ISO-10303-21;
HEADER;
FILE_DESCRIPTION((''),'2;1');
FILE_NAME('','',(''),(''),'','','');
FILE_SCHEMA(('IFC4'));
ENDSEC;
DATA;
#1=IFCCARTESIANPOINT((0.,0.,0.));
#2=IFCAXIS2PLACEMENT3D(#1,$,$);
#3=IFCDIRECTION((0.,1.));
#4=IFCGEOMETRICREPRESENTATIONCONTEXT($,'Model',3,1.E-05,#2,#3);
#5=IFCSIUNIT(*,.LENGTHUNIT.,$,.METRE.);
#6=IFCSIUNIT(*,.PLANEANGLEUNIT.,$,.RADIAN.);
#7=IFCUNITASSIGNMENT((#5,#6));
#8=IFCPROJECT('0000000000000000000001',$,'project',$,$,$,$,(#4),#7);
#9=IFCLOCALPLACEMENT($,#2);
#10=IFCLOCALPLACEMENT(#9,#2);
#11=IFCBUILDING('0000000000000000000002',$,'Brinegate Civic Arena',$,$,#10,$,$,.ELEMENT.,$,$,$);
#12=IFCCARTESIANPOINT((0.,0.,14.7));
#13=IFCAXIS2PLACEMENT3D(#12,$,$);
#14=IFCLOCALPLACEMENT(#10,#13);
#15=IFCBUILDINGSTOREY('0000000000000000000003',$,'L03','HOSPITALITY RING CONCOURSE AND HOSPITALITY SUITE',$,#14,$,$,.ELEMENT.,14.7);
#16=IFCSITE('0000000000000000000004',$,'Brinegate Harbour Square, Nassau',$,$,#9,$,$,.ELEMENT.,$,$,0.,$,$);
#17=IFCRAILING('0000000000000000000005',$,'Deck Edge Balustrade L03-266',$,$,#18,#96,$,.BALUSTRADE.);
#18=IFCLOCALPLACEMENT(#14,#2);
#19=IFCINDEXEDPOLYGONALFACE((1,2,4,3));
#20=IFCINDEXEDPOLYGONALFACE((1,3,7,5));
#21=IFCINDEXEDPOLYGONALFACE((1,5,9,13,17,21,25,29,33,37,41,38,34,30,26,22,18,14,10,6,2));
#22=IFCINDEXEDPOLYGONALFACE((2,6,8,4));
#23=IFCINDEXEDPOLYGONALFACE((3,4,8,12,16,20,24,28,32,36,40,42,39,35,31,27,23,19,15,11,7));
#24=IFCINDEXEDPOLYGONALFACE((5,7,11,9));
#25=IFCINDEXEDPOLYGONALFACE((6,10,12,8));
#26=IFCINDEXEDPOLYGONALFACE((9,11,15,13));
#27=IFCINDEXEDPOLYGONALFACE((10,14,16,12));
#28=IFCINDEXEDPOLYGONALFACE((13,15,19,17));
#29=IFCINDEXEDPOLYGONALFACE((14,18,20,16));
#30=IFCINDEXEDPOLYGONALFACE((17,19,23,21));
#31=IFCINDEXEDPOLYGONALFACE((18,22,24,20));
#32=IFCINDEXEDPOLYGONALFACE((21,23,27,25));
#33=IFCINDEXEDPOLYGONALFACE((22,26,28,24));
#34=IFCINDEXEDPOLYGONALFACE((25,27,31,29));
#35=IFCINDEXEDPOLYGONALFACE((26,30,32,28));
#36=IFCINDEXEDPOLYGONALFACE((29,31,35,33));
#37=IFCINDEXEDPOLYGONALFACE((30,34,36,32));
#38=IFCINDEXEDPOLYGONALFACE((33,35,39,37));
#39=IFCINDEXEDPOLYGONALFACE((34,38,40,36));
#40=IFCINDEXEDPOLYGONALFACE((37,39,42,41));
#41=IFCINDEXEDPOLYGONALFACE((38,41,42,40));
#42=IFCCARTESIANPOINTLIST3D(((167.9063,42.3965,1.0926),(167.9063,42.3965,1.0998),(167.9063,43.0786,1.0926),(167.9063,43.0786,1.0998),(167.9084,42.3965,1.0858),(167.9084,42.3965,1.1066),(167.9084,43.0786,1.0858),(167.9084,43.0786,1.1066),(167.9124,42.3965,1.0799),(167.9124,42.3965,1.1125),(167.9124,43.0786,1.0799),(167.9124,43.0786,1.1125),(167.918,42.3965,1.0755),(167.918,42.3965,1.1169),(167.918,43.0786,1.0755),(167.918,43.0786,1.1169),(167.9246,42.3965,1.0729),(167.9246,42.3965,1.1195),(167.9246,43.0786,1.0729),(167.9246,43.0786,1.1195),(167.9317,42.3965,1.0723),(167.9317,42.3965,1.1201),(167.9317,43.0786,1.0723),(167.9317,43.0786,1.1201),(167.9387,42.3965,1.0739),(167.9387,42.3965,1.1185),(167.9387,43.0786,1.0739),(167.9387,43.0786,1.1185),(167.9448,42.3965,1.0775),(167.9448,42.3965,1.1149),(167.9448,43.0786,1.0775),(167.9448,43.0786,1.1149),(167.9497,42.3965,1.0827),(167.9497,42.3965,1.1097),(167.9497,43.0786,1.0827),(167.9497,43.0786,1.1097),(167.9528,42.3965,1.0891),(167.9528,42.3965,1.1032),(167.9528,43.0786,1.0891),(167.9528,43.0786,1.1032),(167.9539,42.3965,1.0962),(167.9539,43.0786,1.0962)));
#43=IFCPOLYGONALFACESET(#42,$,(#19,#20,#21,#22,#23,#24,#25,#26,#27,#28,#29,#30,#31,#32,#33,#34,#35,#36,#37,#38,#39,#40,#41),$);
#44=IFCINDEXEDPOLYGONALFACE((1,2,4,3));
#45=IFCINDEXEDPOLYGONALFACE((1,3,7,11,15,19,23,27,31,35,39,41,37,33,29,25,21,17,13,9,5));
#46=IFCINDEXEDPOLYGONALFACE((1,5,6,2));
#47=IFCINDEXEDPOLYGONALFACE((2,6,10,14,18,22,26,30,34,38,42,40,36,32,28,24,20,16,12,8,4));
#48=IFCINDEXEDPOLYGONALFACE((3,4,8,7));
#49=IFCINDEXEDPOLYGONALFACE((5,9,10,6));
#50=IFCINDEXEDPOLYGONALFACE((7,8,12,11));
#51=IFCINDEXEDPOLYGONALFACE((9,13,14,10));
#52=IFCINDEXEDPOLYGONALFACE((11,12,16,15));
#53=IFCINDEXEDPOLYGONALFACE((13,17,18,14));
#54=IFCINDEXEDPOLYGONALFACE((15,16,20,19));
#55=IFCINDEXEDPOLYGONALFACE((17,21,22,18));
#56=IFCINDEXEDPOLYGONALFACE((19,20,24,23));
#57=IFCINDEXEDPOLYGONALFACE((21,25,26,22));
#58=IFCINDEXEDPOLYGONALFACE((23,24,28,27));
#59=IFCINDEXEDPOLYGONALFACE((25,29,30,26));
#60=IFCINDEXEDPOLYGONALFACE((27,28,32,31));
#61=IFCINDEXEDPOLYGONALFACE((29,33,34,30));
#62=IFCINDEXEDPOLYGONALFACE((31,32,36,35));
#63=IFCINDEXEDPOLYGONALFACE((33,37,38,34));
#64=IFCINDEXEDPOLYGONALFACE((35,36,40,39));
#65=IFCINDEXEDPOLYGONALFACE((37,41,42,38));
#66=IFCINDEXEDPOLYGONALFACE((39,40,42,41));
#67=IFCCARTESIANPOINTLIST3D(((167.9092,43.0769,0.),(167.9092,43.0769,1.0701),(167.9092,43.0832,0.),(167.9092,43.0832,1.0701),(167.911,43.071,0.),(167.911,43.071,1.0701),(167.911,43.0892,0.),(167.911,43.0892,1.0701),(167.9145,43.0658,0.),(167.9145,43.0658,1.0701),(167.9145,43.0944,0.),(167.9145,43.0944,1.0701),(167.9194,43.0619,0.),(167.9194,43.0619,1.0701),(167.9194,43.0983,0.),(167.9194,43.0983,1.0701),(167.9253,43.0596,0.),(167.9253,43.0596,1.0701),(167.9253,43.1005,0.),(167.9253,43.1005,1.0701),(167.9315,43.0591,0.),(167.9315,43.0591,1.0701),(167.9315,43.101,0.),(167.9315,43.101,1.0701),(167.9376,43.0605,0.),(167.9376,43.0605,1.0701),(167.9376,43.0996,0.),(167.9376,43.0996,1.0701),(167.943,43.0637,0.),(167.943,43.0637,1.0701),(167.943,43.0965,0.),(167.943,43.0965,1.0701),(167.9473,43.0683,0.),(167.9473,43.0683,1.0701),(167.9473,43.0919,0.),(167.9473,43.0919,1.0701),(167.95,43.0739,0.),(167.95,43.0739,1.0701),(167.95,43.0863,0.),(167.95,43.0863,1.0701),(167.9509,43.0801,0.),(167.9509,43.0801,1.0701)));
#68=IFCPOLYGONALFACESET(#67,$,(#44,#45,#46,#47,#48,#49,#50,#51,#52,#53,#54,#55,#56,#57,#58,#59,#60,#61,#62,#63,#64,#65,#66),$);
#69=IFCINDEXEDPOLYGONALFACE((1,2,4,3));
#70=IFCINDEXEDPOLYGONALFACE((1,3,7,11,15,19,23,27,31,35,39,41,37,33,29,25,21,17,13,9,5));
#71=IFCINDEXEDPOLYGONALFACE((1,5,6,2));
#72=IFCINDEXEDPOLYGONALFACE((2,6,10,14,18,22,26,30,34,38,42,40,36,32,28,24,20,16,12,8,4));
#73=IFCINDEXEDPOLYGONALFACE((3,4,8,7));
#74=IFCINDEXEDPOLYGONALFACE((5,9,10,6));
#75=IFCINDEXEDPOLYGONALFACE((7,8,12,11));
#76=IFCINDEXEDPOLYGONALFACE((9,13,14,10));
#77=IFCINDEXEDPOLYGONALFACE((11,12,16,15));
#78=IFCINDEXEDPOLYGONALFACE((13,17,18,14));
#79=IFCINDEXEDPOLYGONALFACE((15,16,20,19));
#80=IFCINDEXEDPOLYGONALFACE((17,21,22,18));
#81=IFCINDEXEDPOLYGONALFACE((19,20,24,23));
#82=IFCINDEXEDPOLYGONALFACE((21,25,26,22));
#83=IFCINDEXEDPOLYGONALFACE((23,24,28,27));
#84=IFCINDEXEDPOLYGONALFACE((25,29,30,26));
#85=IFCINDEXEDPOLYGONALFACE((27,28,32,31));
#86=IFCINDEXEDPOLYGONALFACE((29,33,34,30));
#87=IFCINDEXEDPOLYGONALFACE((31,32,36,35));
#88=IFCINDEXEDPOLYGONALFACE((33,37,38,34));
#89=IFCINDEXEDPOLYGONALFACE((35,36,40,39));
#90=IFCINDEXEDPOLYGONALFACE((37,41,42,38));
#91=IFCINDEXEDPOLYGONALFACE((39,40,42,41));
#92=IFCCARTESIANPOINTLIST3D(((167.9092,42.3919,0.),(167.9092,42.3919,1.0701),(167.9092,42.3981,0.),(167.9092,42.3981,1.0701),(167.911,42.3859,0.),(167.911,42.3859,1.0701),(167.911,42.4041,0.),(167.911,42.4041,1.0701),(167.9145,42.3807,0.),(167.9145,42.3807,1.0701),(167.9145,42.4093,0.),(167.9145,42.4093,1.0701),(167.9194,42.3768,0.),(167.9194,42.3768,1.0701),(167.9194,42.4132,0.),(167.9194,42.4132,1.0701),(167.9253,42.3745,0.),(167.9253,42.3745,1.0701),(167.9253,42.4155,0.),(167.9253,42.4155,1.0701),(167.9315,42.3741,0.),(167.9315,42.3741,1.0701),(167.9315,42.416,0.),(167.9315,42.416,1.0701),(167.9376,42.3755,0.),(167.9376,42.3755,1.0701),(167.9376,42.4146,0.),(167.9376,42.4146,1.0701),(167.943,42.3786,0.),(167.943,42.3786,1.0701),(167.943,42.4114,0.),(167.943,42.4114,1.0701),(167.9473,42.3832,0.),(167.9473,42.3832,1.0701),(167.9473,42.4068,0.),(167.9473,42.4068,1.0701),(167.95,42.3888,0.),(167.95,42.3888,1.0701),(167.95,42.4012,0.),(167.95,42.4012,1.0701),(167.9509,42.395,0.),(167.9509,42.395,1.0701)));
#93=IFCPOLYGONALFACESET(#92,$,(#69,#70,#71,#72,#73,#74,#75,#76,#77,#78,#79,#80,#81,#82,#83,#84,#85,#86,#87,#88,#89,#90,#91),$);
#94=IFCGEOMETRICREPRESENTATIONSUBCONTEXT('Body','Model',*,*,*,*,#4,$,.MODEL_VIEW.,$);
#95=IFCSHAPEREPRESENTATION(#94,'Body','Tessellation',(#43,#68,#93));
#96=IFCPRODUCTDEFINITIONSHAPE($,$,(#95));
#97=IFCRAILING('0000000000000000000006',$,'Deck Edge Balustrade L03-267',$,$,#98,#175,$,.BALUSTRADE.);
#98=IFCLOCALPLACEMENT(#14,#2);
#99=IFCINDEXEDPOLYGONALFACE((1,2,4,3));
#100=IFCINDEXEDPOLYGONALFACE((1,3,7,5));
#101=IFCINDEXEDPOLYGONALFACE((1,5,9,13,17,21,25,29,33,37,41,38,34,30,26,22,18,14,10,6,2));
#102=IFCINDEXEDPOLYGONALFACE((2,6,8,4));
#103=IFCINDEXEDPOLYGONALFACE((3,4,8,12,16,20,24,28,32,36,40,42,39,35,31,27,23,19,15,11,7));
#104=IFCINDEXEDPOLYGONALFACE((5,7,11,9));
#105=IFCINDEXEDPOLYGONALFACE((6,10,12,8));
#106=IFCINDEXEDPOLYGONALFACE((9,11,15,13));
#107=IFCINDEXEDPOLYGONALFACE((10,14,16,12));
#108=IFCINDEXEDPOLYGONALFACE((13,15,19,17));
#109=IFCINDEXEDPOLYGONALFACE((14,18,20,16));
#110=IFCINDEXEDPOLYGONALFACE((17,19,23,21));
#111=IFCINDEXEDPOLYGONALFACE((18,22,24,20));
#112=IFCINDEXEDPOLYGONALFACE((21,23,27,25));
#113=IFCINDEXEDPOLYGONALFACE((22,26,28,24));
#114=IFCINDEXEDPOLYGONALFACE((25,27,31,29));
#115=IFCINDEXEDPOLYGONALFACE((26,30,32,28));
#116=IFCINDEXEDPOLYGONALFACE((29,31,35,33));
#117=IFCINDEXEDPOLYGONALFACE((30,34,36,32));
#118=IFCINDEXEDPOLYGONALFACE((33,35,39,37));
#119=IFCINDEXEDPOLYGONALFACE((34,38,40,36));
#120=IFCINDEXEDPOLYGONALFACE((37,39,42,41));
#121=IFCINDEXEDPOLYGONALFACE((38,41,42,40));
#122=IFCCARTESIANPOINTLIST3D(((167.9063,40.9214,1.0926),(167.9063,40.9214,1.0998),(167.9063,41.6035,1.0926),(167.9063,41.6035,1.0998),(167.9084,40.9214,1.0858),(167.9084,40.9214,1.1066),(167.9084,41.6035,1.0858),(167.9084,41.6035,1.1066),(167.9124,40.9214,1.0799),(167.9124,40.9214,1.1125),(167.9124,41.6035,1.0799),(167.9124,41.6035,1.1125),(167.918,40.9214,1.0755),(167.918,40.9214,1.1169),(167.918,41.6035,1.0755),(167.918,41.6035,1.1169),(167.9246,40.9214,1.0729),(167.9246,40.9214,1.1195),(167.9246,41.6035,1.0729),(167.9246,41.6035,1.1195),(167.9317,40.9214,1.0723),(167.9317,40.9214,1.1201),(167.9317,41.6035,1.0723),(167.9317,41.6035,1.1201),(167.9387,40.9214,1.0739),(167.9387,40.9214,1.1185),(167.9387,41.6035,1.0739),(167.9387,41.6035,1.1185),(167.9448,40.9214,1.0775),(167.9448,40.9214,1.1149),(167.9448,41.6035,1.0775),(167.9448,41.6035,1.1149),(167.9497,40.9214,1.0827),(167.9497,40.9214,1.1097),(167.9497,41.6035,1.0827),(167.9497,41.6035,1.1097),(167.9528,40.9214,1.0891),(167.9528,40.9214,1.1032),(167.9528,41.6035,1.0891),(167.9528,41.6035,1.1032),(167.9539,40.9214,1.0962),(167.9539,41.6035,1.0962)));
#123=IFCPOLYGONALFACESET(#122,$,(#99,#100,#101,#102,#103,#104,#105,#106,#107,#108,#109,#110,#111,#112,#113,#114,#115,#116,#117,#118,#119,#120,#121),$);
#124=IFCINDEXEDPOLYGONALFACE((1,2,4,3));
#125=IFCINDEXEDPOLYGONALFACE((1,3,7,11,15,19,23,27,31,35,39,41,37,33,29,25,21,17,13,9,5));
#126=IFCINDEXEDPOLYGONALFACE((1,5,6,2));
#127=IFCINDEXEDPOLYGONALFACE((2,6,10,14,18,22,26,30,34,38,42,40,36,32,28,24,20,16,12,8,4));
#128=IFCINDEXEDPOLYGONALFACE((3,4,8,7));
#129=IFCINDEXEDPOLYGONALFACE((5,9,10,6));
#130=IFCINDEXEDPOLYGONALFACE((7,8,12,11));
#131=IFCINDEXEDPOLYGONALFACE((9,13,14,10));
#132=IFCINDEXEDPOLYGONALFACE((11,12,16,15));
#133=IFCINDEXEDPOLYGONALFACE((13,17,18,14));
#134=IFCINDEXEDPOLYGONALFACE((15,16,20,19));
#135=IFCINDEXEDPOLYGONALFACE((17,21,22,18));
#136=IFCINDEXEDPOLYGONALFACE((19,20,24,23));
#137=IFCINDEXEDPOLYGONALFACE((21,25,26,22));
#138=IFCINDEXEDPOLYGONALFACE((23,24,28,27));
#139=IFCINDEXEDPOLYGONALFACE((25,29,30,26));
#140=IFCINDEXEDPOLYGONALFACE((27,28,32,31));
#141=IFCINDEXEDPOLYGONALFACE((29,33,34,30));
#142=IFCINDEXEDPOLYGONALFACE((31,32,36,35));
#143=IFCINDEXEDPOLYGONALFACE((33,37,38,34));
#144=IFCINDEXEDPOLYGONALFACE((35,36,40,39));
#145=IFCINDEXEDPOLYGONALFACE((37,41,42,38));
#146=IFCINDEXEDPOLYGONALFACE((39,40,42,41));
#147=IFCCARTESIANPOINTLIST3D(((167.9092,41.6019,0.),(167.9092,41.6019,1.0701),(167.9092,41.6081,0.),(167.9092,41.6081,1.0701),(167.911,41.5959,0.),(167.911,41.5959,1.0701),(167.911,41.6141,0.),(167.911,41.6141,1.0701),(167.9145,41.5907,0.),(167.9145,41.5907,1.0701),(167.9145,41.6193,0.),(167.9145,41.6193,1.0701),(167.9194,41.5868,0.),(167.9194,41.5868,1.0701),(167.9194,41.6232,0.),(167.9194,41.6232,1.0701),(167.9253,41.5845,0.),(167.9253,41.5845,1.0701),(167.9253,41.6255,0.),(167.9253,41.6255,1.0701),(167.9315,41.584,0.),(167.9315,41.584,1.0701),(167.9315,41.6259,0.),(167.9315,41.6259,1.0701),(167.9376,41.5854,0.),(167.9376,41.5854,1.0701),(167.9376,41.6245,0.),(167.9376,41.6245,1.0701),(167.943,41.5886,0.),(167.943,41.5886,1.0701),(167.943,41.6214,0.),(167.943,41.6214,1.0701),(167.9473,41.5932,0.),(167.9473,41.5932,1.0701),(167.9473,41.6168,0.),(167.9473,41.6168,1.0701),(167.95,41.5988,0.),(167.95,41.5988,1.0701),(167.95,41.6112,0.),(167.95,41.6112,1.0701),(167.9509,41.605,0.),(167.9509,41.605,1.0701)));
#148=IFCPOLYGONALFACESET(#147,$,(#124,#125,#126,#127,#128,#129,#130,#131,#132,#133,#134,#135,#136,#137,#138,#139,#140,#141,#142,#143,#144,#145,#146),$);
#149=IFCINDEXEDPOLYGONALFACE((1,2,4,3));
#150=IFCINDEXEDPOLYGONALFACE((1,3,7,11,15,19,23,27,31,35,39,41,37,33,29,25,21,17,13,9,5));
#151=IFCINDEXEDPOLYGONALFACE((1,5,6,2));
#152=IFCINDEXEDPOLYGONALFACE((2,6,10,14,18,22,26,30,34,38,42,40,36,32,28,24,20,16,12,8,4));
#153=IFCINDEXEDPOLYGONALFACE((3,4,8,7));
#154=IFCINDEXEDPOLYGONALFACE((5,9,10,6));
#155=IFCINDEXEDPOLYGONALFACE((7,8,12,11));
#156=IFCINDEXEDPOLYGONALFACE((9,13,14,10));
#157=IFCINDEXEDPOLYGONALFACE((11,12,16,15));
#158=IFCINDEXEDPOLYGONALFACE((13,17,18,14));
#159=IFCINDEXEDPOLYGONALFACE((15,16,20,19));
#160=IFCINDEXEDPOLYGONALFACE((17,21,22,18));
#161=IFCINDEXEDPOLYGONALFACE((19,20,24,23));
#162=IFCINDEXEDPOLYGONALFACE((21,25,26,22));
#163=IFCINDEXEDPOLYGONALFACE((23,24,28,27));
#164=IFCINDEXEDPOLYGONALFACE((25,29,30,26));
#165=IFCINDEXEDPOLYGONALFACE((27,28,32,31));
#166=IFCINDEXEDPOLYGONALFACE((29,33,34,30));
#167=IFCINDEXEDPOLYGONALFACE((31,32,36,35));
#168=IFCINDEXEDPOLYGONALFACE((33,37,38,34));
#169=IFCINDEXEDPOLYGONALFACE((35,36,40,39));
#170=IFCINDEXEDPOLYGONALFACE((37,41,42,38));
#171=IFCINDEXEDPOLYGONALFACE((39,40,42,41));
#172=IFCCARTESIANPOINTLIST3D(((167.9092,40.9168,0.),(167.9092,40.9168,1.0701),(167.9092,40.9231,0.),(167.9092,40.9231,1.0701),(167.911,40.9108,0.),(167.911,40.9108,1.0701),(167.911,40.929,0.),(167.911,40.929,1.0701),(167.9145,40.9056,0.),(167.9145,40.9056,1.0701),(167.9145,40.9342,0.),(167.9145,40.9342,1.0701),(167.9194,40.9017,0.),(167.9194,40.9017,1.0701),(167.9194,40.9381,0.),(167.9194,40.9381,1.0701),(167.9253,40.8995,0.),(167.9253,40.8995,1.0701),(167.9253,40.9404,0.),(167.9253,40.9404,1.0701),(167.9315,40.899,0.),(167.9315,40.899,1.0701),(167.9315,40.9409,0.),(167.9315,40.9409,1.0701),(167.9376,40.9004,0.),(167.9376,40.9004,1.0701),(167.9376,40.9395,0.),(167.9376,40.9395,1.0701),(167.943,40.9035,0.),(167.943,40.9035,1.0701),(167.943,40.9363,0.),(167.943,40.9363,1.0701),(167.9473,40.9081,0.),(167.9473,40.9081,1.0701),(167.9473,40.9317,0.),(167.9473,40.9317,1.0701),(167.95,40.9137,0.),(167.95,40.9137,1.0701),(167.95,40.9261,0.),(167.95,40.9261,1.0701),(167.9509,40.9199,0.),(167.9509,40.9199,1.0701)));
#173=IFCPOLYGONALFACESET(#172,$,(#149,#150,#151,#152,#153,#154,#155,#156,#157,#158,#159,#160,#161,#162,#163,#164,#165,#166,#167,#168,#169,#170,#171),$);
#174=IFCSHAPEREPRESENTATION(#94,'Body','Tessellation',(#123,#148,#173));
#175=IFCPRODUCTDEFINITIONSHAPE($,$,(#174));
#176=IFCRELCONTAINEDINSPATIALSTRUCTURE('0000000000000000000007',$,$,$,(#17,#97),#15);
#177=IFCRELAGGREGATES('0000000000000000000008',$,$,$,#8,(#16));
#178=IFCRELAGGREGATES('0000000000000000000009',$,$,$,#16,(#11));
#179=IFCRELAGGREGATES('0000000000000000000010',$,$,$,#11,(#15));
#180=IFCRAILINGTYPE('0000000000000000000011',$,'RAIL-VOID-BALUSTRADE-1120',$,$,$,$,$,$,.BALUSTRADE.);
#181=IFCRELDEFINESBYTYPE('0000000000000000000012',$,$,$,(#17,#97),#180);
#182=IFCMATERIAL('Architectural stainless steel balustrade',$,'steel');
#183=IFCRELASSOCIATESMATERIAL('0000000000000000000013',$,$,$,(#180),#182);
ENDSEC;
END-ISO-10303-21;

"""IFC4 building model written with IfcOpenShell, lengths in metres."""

from ifc_helpers import new_model, si_unit, direction, frame, origin, origin_2d, place, context, subcontext, project, spatial, circle, extrude, material, type_object, element, save


model = new_model("IFC4")

# Units and contexts
model_context = context("Model", 3, precision=1e-05, world=origin(), true_north=direction((0.0, 1.0)))
body_context = subcontext(model_context, "Body", "Model", "MODEL_VIEW")
ifc_project = project(units=[si_unit("LENGTHUNIT", "METRE"), si_unit("PLANEANGLEUNIT", "RADIAN")], contexts=[model_context])

# Site, building, storey
site_placement = place(None, origin())
site = spatial("IfcSite", under=ifc_project, at=site_placement, Name="Brinegate Harbour Square, Nassau", CompositionType="ELEMENT", RefElevation=0.0)
building_placement = place(site_placement, origin())
building = spatial("IfcBuilding", under=site, at=building_placement, Name="Brinegate Civic Arena", CompositionType="ELEMENT")
storey_placement = place(building_placement, frame((0.0, 0.0, 14.7)))
storey = spatial("IfcBuildingStorey", under=building, at=storey_placement, Name="L03", Description="HOSPITALITY RING CONCOURSE AND HOSPITALITY SUITE", CompositionType="ELEMENT", Elevation=14.7)

# Railings
ifc_material_1 = material(Name="Architectural stainless steel balustrade", Category="steel")
railing_type_1 = type_object("IfcRailingType", Name="RAIL-VOID-BALUSTRADE-1120", PredefinedType="BALUSTRADE", material=ifc_material_1)
for number, where, name in (
    (1, (167.9299, 43.0801, 0.0), "Deck Edge Balustrade L03-266"),
    (2, (167.9299, 41.605, 0.0), "Deck Edge Balustrade L03-267"),
):
    element("IfcRailing", number, at=place(storey_placement, frame(where)), inside=storey, type_object=railing_type_1, Name=name, PredefinedType="BALUSTRADE", context=body_context, shape_type="SweptSolid", body=[
        extrude(circle(Radius=0.0239, at=origin_2d()), frame((0.0, -0.0015, 1.0962), z_axis=(0.0, -1.0, 0.0), x_axis=(1.0, 0.0, 0.0)), (0.0, 0.0, 1.0), 0.6821),
        extrude(circle(Radius=0.021, at=origin_2d()), origin(), (0.0, 0.0, 1.0), 1.0701),
        extrude(circle(Radius=0.021, at=origin_2d()), frame((0.0, -0.6851, 0.0)), (0.0, 0.0, 1.0), 1.0701),
    ])

save(model, "model.ifc")
